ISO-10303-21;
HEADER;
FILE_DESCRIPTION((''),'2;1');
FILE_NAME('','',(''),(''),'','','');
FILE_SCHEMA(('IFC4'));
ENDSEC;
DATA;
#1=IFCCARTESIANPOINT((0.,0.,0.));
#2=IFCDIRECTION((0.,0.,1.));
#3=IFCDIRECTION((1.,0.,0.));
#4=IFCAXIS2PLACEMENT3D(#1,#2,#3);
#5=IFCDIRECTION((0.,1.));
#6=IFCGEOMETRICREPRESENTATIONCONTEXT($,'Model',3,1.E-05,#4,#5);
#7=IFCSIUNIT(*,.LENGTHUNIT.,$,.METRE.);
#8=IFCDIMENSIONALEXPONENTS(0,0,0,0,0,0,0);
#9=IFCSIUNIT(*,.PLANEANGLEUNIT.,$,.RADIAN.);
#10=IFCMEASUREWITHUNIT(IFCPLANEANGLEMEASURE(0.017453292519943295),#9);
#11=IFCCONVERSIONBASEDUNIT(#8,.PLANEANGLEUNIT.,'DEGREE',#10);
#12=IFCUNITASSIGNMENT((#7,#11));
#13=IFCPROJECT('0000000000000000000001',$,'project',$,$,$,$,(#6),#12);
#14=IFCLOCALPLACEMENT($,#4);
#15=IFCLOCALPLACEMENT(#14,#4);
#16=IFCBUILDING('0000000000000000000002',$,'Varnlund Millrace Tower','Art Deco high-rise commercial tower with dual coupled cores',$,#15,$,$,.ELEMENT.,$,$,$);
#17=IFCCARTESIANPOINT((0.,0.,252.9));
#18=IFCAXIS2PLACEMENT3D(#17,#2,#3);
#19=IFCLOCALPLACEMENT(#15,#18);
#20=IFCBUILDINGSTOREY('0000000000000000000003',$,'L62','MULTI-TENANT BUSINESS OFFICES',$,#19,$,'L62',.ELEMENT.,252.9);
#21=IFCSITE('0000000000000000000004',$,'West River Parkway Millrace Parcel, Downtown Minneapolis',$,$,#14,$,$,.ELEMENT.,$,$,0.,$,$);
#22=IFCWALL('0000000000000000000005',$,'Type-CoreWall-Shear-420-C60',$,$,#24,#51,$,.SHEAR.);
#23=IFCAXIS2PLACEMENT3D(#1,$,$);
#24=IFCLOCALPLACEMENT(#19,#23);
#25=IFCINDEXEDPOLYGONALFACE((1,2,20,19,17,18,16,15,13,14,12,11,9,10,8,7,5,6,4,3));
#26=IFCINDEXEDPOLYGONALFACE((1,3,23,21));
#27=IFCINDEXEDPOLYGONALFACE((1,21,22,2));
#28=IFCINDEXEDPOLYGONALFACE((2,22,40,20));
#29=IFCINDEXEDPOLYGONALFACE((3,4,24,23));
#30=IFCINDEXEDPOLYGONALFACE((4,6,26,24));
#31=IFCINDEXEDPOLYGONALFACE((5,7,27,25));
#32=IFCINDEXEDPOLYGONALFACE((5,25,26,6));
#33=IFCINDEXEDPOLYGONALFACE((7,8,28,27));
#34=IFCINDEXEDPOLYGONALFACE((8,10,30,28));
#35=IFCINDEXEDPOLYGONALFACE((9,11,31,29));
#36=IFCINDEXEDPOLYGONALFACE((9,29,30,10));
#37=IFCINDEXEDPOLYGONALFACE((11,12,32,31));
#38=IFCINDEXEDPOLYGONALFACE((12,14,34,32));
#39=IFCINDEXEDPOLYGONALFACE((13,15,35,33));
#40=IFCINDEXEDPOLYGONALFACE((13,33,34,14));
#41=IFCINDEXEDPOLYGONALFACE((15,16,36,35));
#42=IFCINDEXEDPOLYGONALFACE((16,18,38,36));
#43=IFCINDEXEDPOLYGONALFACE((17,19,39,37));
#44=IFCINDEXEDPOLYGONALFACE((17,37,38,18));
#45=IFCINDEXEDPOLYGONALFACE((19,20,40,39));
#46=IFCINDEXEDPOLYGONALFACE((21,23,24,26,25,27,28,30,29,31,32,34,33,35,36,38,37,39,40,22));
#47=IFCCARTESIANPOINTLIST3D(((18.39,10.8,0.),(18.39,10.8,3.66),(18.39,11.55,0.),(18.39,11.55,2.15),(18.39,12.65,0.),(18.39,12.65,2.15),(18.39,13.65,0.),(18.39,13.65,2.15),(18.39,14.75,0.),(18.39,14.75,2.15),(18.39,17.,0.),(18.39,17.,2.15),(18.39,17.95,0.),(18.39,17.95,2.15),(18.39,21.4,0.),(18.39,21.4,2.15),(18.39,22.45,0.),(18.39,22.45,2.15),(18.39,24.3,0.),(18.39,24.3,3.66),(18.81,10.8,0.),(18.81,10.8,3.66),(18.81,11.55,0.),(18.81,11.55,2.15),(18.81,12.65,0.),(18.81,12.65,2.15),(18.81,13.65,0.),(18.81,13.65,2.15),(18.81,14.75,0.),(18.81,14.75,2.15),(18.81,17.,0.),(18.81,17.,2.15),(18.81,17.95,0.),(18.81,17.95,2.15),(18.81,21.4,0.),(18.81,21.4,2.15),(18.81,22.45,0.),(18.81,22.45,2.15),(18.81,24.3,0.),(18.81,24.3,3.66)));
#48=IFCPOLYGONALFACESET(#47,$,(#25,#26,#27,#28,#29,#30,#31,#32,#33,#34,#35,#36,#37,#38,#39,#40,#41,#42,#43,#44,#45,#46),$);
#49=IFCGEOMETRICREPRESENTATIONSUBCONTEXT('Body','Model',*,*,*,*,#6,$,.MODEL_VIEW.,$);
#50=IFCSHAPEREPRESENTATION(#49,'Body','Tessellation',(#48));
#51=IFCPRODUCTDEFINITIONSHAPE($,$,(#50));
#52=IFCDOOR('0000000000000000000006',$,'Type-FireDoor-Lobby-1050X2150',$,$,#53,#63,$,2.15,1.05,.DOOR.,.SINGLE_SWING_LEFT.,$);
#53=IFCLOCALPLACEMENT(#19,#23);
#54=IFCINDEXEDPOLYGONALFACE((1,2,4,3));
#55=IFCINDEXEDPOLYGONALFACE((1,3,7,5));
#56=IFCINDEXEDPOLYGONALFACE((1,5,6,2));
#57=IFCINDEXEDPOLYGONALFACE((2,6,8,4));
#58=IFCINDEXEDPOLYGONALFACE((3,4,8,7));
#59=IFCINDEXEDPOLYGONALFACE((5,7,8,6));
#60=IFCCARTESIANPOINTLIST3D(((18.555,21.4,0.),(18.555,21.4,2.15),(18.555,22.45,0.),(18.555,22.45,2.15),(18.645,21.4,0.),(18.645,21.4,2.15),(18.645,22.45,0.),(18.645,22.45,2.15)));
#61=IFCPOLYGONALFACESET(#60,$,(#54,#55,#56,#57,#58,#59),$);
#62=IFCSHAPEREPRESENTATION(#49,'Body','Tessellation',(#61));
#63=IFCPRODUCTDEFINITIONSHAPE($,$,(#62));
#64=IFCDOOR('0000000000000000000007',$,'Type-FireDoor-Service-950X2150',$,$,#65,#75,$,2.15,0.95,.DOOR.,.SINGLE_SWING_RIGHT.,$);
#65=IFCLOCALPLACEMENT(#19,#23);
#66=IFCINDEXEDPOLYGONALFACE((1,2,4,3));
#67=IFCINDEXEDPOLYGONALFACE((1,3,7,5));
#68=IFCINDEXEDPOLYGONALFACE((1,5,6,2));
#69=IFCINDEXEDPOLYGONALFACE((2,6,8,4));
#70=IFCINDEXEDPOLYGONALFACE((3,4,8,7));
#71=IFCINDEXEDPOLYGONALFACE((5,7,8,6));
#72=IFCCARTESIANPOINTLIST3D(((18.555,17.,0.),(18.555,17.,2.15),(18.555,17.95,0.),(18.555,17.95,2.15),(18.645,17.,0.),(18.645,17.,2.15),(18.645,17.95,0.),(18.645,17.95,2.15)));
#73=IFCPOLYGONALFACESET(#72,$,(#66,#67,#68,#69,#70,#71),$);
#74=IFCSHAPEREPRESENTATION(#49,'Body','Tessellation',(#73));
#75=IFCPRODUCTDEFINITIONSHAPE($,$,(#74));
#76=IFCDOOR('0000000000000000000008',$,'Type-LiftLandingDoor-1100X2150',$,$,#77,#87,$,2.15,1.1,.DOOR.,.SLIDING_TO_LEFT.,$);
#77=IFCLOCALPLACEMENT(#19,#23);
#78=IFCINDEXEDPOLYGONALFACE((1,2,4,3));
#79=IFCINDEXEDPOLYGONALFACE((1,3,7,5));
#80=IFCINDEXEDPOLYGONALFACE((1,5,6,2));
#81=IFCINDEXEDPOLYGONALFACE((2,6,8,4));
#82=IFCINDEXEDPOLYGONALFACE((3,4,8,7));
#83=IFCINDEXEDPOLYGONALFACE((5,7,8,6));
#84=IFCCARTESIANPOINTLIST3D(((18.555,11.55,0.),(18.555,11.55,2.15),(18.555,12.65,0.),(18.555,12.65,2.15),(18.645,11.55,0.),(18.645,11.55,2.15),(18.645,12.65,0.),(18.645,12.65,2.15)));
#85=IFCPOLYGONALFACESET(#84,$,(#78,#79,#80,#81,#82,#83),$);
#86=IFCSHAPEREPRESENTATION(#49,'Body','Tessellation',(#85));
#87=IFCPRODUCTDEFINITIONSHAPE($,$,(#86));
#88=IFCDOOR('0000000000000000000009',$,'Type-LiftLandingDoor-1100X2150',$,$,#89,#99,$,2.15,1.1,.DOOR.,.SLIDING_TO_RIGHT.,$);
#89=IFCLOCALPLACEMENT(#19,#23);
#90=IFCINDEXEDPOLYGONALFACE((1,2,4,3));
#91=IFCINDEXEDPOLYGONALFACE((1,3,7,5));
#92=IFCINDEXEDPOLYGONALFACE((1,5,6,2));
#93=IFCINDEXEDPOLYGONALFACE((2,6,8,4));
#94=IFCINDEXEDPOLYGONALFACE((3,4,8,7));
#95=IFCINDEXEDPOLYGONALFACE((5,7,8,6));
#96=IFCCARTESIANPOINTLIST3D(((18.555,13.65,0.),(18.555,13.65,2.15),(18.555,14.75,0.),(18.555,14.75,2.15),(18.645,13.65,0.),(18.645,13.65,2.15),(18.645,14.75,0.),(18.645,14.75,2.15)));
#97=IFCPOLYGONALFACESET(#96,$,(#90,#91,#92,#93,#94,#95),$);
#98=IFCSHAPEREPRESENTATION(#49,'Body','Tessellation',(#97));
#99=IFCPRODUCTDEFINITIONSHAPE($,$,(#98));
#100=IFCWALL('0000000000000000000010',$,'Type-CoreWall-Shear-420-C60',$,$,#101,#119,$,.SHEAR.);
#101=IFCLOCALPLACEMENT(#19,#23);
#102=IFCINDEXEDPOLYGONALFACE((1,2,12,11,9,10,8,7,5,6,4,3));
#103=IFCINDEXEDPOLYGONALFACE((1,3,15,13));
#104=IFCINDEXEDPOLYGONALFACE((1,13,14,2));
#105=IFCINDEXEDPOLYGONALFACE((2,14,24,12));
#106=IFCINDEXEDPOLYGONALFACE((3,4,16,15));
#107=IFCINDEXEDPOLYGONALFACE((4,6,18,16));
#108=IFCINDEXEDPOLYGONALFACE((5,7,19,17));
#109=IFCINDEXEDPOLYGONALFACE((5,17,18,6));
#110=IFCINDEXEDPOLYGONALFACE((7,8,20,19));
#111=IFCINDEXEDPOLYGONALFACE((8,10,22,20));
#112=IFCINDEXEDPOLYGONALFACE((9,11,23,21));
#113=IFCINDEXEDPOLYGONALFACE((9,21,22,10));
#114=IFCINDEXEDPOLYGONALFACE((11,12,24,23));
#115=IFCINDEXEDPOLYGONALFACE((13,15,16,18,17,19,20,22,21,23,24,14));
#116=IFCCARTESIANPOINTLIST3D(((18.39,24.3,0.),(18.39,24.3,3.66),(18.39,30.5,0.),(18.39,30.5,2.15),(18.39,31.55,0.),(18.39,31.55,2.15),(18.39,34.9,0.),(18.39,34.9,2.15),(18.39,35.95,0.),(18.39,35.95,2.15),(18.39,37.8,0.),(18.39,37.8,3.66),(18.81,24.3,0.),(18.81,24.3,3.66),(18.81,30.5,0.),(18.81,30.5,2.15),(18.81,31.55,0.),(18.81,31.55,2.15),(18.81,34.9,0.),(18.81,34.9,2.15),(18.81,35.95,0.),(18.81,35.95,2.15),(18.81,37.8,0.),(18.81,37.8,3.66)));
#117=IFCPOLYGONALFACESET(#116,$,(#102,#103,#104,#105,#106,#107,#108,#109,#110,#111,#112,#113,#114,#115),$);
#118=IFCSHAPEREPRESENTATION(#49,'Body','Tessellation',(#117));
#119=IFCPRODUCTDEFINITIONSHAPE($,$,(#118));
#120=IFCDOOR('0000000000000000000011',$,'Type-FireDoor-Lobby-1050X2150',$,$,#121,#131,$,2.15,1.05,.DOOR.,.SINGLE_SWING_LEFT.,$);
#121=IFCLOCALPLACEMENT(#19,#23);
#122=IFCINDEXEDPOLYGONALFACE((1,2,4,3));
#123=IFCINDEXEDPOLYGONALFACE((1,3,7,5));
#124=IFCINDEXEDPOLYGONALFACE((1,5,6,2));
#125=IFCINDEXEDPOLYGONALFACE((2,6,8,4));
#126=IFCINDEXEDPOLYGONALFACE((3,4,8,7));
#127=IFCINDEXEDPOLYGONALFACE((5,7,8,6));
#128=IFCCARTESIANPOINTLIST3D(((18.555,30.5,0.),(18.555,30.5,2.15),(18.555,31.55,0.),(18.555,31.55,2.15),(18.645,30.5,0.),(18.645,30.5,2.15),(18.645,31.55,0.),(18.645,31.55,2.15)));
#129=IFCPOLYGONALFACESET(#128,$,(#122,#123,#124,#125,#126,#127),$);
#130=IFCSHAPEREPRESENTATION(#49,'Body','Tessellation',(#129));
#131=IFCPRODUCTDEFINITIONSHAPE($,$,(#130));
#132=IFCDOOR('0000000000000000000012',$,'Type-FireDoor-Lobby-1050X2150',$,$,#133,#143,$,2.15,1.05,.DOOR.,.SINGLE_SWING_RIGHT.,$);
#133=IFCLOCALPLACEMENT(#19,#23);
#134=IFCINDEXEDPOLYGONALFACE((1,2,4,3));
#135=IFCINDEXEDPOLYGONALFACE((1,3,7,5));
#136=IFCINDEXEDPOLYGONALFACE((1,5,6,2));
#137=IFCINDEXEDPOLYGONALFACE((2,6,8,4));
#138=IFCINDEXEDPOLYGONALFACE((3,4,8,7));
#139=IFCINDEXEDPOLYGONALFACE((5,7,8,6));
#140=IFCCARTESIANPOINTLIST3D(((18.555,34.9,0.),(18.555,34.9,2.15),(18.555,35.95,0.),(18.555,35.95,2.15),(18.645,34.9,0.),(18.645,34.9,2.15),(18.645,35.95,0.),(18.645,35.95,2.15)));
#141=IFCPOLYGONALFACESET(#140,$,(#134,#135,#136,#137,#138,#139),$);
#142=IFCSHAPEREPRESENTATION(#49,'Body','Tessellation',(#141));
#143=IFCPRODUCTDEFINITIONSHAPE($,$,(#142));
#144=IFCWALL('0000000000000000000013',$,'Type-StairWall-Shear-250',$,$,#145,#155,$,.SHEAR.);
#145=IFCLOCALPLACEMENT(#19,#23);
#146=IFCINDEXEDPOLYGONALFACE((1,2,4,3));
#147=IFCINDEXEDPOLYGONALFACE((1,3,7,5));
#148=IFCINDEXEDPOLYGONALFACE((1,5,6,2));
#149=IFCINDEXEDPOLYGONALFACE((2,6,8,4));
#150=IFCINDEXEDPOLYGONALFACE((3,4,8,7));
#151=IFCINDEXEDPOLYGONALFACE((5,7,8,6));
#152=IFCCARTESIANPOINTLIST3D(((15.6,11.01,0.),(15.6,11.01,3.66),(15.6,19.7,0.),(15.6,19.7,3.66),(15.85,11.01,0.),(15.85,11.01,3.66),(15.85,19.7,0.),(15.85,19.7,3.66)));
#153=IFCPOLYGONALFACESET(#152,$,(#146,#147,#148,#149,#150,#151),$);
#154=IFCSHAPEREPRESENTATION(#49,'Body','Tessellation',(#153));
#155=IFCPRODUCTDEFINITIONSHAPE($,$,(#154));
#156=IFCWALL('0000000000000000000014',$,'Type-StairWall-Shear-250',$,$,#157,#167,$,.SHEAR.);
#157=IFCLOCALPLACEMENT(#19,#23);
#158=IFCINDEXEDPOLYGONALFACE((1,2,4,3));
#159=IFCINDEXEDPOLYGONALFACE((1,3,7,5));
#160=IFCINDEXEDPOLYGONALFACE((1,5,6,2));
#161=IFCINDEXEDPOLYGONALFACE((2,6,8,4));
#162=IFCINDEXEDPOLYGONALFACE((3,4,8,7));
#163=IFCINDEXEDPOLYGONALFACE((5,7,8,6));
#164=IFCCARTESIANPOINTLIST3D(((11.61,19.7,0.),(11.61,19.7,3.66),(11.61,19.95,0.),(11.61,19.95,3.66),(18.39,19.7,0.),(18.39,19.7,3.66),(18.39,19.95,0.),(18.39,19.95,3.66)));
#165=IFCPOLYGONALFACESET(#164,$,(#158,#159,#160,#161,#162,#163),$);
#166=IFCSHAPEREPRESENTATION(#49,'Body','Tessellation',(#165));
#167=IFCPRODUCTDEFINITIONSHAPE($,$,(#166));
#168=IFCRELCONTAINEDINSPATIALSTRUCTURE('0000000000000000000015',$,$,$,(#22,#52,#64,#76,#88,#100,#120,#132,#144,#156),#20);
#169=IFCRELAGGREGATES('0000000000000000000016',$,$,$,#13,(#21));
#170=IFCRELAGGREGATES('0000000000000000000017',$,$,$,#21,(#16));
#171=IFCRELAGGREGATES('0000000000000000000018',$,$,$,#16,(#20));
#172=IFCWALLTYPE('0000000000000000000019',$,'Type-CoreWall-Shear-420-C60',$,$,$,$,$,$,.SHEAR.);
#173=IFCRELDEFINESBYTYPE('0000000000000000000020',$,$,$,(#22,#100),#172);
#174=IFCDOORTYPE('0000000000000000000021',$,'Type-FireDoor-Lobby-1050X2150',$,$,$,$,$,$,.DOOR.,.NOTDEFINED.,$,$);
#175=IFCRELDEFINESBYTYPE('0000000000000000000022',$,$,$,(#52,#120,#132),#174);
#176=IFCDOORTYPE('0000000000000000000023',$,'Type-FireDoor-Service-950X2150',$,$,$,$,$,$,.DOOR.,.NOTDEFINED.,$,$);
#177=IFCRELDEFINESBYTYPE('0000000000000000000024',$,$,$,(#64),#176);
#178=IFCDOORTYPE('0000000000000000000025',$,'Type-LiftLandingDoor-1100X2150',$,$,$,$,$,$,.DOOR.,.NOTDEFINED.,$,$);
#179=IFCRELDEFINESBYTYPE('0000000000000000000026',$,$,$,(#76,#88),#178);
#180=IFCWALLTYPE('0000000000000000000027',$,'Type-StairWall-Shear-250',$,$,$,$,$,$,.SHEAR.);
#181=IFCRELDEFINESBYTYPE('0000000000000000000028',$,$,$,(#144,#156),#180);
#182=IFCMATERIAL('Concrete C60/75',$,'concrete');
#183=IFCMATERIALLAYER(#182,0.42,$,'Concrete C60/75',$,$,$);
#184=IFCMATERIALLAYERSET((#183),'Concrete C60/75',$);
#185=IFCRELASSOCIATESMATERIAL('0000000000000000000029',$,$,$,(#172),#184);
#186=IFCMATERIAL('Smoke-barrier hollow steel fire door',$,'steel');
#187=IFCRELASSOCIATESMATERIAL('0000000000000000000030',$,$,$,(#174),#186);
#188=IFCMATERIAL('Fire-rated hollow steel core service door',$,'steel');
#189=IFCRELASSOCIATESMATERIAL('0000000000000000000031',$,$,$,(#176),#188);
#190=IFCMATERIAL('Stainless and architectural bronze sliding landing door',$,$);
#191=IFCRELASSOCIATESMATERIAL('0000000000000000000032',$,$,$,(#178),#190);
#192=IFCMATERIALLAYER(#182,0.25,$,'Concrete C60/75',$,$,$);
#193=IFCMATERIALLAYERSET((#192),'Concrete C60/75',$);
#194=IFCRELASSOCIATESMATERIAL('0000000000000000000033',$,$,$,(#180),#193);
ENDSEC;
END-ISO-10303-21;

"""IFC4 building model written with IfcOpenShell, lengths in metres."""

from ifc_helpers import new_model, entity, si_unit, converted_unit, direction, frame, origin_with_axes, origin_2d_with_axis, place, context, subcontext, project, spatial, polyline, rectangle, outline, extrude, material, layer, layer_set, type_object, element, fill, save


model = new_model("IFC4")

# Units and contexts
model_context = context("Model", 3, precision=1e-05, world=origin_with_axes(), true_north=direction((0.0, 1.0)))
body_context = subcontext(model_context, "Body", "Model", "MODEL_VIEW")
ifc_project = project(units=[si_unit("LENGTHUNIT", "METRE"), converted_unit("PLANEANGLEUNIT", "DEGREE", entity("IfcPlaneAngleMeasure", 0.017453292519943295), si_unit("PLANEANGLEUNIT", "RADIAN"), dimensions=[0, 0, 0, 0, 0, 0, 0])], contexts=[model_context])

# Site, building, storey
site_placement = place(None, origin_with_axes())
site = spatial("IfcSite", under=ifc_project, at=site_placement, Name="West River Parkway Millrace Parcel, Downtown Minneapolis", CompositionType="ELEMENT", RefElevation=0.0)
building_placement = place(site_placement, origin_with_axes())
building = spatial("IfcBuilding", under=site, at=building_placement, Name="Varnlund Millrace Tower", Description="Art Deco high-rise commercial tower with dual coupled cores", CompositionType="ELEMENT")
storey_placement = place(building_placement, frame((0.0, 0.0, 252.9), z_axis=(0.0, 0.0, 1.0), x_axis=(1.0, 0.0, 0.0)))
storey = spatial("IfcBuildingStorey", under=building, at=storey_placement, Name="L62", Description="MULTI-TENANT BUSINESS OFFICES", LongName="L62", CompositionType="ELEMENT", Elevation=252.9)

# Shared definitions
ifc_material_1 = material(Name="Concrete C60/75", Category="concrete")

# Shared definitions
ifc_layer_1 = layer(ifc_material_1, 0.42, Name="Concrete C60/75")
ifc_layer_set_1 = layer_set([ifc_layer_1], Name="Concrete C60/75")
wall_type_1 = type_object("IfcWallType", Name="Type-CoreWall-Shear-420-C60", PredefinedType="SHEAR", material=ifc_layer_set_1)

# Walls, openings, doors
wall_1_placement = place(storey_placement, frame((18.6, 10.8, 0.0), z_axis=(0.0, 0.0, 1.0), x_axis=(0.0, 1.0, 0.0)))
wall_1 = element("IfcWall", 1, at=wall_1_placement, inside=storey, type_object=wall_type_1, Name="Type-CoreWall-Shear-420-C60", PredefinedType="SHEAR", context=body_context, shape_type="SweptSolid", body=[
    extrude(outline(polyline([(0.0, -0.21), (13.5, -0.21), (13.5, 0.21), (0.0, 0.21), (0.0, -0.21)])), origin_with_axes(), (0.0, 0.0, 1.0), 3.66),
])
opening_1_placement = place(wall_1_placement, frame((1.3, 0.0, 0.0), z_axis=(0.0, 0.0, 1.0), x_axis=(1.0, 0.0, 0.0)))
opening_1 = element("IfcOpeningElement", 2, at=opening_1_placement, cuts=wall_1, PredefinedType="OPENING", context=body_context, shape_type="SweptSolid", body=[
    extrude(rectangle(XDim=1.1, YDim=0.44, at=origin_2d_with_axis()), origin_with_axes(), (0.0, 0.0, 1.0), 2.15),
])
opening_2_placement = place(wall_1_placement, frame((3.4, 0.0, 0.0), z_axis=(0.0, 0.0, 1.0), x_axis=(1.0, 0.0, 0.0)))
opening_2 = element("IfcOpeningElement", 3, at=opening_2_placement, cuts=wall_1, PredefinedType="OPENING", context=body_context, shape_type="SweptSolid", body=[
    extrude(rectangle(XDim=1.1, YDim=0.44, at=origin_2d_with_axis()), origin_with_axes(), (0.0, 0.0, 1.0), 2.15),
])
opening_3_placement = place(wall_1_placement, frame((11.125, 0.0, 0.0), z_axis=(0.0, 0.0, 1.0), x_axis=(1.0, 0.0, 0.0)))
opening_3 = element("IfcOpeningElement", 4, at=opening_3_placement, cuts=wall_1, PredefinedType="OPENING", context=body_context, shape_type="SweptSolid", body=[
    extrude(rectangle(XDim=1.05, YDim=0.44, at=origin_2d_with_axis()), origin_with_axes(), (0.0, 0.0, 1.0), 2.15),
])
opening_4_placement = place(wall_1_placement, frame((6.675, 0.0, 0.0), z_axis=(0.0, 0.0, 1.0), x_axis=(1.0, 0.0, 0.0)))
opening_4 = element("IfcOpeningElement", 5, at=opening_4_placement, cuts=wall_1, PredefinedType="OPENING", context=body_context, shape_type="SweptSolid", body=[
    extrude(rectangle(XDim=0.95, YDim=0.44, at=origin_2d_with_axis()), origin_with_axes(), (0.0, 0.0, 1.0), 2.15),
])
ifc_material_2 = material(Name="Smoke-barrier hollow steel fire door", Category="steel")
door_type_1 = type_object("IfcDoorType", Name="Type-FireDoor-Lobby-1050X2150", OperationType="NOTDEFINED", PredefinedType="DOOR", material=ifc_material_2)
door_1_placement = place(wall_1_placement, frame((11.125, 0.0, 0.0), z_axis=(0.0, 0.0, 1.0), x_axis=(1.0, 0.0, 0.0)))
door_1 = element("IfcDoor", 6, at=door_1_placement, inside=storey, type_object=door_type_1, Name="Type-FireDoor-Lobby-1050X2150", OperationType="SINGLE_SWING_LEFT", OverallHeight=2.15, OverallWidth=1.05, PredefinedType="DOOR", context=body_context, shape_type="SweptSolid", body=[
    extrude(rectangle(XDim=1.05, YDim=0.09, at=origin_2d_with_axis()), origin_with_axes(), (0.0, 0.0, 1.0), 2.15),
])
fill(opening_3, door_1)
ifc_material_3 = material(Name="Fire-rated hollow steel core service door", Category="steel")
door_type_2 = type_object("IfcDoorType", Name="Type-FireDoor-Service-950X2150", OperationType="NOTDEFINED", PredefinedType="DOOR", material=ifc_material_3)
door_2_placement = place(wall_1_placement, frame((6.675, 0.0, 0.0), z_axis=(0.0, 0.0, 1.0), x_axis=(1.0, 0.0, 0.0)))
door_2 = element("IfcDoor", 7, at=door_2_placement, inside=storey, type_object=door_type_2, Name="Type-FireDoor-Service-950X2150", OperationType="SINGLE_SWING_RIGHT", OverallHeight=2.15, OverallWidth=0.95, PredefinedType="DOOR", context=body_context, shape_type="SweptSolid", body=[
    extrude(rectangle(XDim=0.95, YDim=0.09, at=origin_2d_with_axis()), origin_with_axes(), (0.0, 0.0, 1.0), 2.15),
])
fill(opening_4, door_2)
ifc_material_4 = material(Name="Stainless and architectural bronze sliding landing door")
door_type_3 = type_object("IfcDoorType", Name="Type-LiftLandingDoor-1100X2150", OperationType="NOTDEFINED", PredefinedType="DOOR", material=ifc_material_4)
door_3_placement = place(wall_1_placement, frame((1.3, 0.0, 0.0), z_axis=(0.0, 0.0, 1.0), x_axis=(1.0, 0.0, 0.0)))
door_3 = element("IfcDoor", 8, at=door_3_placement, inside=storey, type_object=door_type_3, Name="Type-LiftLandingDoor-1100X2150", OperationType="SLIDING_TO_LEFT", OverallHeight=2.15, OverallWidth=1.1, PredefinedType="DOOR", context=body_context, shape_type="SweptSolid", body=[
    extrude(rectangle(XDim=1.1, YDim=0.09, at=origin_2d_with_axis()), origin_with_axes(), (0.0, 0.0, 1.0), 2.15),
])
fill(opening_1, door_3)
door_4_placement = place(wall_1_placement, frame((3.4, 0.0, 0.0), z_axis=(0.0, 0.0, 1.0), x_axis=(1.0, 0.0, 0.0)))
door_4 = element("IfcDoor", 9, at=door_4_placement, inside=storey, type_object=door_type_3, Name="Type-LiftLandingDoor-1100X2150", OperationType="SLIDING_TO_RIGHT", OverallHeight=2.15, OverallWidth=1.1, PredefinedType="DOOR", context=body_context, shape_type="SweptSolid", body=[
    extrude(rectangle(XDim=1.1, YDim=0.09, at=origin_2d_with_axis()), origin_with_axes(), (0.0, 0.0, 1.0), 2.15),
])
fill(opening_2, door_4)
wall_2_placement = place(storey_placement, frame((18.6, 24.3, 0.0), z_axis=(0.0, 0.0, 1.0), x_axis=(0.0, 1.0, 0.0)))
wall_2 = element("IfcWall", 10, at=wall_2_placement, inside=storey, type_object=wall_type_1, Name="Type-CoreWall-Shear-420-C60", PredefinedType="SHEAR", context=body_context, shape_type="SweptSolid", body=[
    extrude(outline(polyline([(0.0, -0.21), (13.5, -0.21), (13.5, 0.21), (0.0, 0.21), (0.0, -0.21)])), origin_with_axes(), (0.0, 0.0, 1.0), 3.66),
])
opening_5_placement = place(wall_2_placement, frame((6.725, 0.0, 0.0), z_axis=(0.0, 0.0, 1.0), x_axis=(1.0, 0.0, 0.0)))
opening_5 = element("IfcOpeningElement", 11, at=opening_5_placement, cuts=wall_2, PredefinedType="OPENING", context=body_context, shape_type="SweptSolid", body=[
    extrude(rectangle(XDim=1.05, YDim=0.44, at=origin_2d_with_axis()), origin_with_axes(), (0.0, 0.0, 1.0), 2.15),
])
opening_6_placement = place(wall_2_placement, frame((11.125, 0.0, 0.0), z_axis=(0.0, 0.0, 1.0), x_axis=(1.0, 0.0, 0.0)))
opening_6 = element("IfcOpeningElement", 12, at=opening_6_placement, cuts=wall_2, PredefinedType="OPENING", context=body_context, shape_type="SweptSolid", body=[
    extrude(rectangle(XDim=1.05, YDim=0.44, at=origin_2d_with_axis()), origin_with_axes(), (0.0, 0.0, 1.0), 2.15),
])
door_5_placement = place(wall_2_placement, frame((6.725, 0.0, 0.0), z_axis=(0.0, 0.0, 1.0), x_axis=(1.0, 0.0, 0.0)))
door_5 = element("IfcDoor", 13, at=door_5_placement, inside=storey, type_object=door_type_1, Name="Type-FireDoor-Lobby-1050X2150", OperationType="SINGLE_SWING_LEFT", OverallHeight=2.15, OverallWidth=1.05, PredefinedType="DOOR", context=body_context, shape_type="SweptSolid", body=[
    extrude(rectangle(XDim=1.05, YDim=0.09, at=origin_2d_with_axis()), origin_with_axes(), (0.0, 0.0, 1.0), 2.15),
])
fill(opening_5, door_5)
door_6_placement = place(wall_2_placement, frame((11.125, 0.0, 0.0), z_axis=(0.0, 0.0, 1.0), x_axis=(1.0, 0.0, 0.0)))
door_6 = element("IfcDoor", 14, at=door_6_placement, inside=storey, type_object=door_type_1, Name="Type-FireDoor-Lobby-1050X2150", OperationType="SINGLE_SWING_RIGHT", OverallHeight=2.15, OverallWidth=1.05, PredefinedType="DOOR", context=body_context, shape_type="SweptSolid", body=[
    extrude(rectangle(XDim=1.05, YDim=0.09, at=origin_2d_with_axis()), origin_with_axes(), (0.0, 0.0, 1.0), 2.15),
])
fill(opening_6, door_6)

# Walls
ifc_layer_2 = layer(ifc_material_1, 0.25, Name="Concrete C60/75")
ifc_layer_set_2 = layer_set([ifc_layer_2], Name="Concrete C60/75")
wall_type_2 = type_object("IfcWallType", Name="Type-StairWall-Shear-250", PredefinedType="SHEAR", material=ifc_layer_set_2)
wall_3_placement = place(storey_placement, frame((15.725, 11.01, 0.0), z_axis=(0.0, 0.0, 1.0), x_axis=(0.0, 1.0, 0.0)))
element("IfcWall", 15, at=wall_3_placement, inside=storey, type_object=wall_type_2, Name="Type-StairWall-Shear-250", PredefinedType="SHEAR", context=body_context, shape_type="SweptSolid", body=[
    extrude(outline(polyline([(0.0, -0.125), (8.69, -0.125), (8.69, 0.125), (0.0, 0.125), (0.0, -0.125)])), origin_with_axes(), (0.0, 0.0, 1.0), 3.66),
])
wall_4_placement = place(storey_placement, frame((11.61, 19.825, 0.0), z_axis=(0.0, 0.0, 1.0), x_axis=(1.0, 0.0, 0.0)))
element("IfcWall", 16, at=wall_4_placement, inside=storey, type_object=wall_type_2, Name="Type-StairWall-Shear-250", PredefinedType="SHEAR", context=body_context, shape_type="SweptSolid", body=[
    extrude(outline(polyline([(0.0, -0.125), (6.78, -0.125), (6.78, 0.125), (0.0, 0.125), (0.0, -0.125)])), origin_with_axes(), (0.0, 0.0, 1.0), 3.66),
])

save(model, "model.ifc")
